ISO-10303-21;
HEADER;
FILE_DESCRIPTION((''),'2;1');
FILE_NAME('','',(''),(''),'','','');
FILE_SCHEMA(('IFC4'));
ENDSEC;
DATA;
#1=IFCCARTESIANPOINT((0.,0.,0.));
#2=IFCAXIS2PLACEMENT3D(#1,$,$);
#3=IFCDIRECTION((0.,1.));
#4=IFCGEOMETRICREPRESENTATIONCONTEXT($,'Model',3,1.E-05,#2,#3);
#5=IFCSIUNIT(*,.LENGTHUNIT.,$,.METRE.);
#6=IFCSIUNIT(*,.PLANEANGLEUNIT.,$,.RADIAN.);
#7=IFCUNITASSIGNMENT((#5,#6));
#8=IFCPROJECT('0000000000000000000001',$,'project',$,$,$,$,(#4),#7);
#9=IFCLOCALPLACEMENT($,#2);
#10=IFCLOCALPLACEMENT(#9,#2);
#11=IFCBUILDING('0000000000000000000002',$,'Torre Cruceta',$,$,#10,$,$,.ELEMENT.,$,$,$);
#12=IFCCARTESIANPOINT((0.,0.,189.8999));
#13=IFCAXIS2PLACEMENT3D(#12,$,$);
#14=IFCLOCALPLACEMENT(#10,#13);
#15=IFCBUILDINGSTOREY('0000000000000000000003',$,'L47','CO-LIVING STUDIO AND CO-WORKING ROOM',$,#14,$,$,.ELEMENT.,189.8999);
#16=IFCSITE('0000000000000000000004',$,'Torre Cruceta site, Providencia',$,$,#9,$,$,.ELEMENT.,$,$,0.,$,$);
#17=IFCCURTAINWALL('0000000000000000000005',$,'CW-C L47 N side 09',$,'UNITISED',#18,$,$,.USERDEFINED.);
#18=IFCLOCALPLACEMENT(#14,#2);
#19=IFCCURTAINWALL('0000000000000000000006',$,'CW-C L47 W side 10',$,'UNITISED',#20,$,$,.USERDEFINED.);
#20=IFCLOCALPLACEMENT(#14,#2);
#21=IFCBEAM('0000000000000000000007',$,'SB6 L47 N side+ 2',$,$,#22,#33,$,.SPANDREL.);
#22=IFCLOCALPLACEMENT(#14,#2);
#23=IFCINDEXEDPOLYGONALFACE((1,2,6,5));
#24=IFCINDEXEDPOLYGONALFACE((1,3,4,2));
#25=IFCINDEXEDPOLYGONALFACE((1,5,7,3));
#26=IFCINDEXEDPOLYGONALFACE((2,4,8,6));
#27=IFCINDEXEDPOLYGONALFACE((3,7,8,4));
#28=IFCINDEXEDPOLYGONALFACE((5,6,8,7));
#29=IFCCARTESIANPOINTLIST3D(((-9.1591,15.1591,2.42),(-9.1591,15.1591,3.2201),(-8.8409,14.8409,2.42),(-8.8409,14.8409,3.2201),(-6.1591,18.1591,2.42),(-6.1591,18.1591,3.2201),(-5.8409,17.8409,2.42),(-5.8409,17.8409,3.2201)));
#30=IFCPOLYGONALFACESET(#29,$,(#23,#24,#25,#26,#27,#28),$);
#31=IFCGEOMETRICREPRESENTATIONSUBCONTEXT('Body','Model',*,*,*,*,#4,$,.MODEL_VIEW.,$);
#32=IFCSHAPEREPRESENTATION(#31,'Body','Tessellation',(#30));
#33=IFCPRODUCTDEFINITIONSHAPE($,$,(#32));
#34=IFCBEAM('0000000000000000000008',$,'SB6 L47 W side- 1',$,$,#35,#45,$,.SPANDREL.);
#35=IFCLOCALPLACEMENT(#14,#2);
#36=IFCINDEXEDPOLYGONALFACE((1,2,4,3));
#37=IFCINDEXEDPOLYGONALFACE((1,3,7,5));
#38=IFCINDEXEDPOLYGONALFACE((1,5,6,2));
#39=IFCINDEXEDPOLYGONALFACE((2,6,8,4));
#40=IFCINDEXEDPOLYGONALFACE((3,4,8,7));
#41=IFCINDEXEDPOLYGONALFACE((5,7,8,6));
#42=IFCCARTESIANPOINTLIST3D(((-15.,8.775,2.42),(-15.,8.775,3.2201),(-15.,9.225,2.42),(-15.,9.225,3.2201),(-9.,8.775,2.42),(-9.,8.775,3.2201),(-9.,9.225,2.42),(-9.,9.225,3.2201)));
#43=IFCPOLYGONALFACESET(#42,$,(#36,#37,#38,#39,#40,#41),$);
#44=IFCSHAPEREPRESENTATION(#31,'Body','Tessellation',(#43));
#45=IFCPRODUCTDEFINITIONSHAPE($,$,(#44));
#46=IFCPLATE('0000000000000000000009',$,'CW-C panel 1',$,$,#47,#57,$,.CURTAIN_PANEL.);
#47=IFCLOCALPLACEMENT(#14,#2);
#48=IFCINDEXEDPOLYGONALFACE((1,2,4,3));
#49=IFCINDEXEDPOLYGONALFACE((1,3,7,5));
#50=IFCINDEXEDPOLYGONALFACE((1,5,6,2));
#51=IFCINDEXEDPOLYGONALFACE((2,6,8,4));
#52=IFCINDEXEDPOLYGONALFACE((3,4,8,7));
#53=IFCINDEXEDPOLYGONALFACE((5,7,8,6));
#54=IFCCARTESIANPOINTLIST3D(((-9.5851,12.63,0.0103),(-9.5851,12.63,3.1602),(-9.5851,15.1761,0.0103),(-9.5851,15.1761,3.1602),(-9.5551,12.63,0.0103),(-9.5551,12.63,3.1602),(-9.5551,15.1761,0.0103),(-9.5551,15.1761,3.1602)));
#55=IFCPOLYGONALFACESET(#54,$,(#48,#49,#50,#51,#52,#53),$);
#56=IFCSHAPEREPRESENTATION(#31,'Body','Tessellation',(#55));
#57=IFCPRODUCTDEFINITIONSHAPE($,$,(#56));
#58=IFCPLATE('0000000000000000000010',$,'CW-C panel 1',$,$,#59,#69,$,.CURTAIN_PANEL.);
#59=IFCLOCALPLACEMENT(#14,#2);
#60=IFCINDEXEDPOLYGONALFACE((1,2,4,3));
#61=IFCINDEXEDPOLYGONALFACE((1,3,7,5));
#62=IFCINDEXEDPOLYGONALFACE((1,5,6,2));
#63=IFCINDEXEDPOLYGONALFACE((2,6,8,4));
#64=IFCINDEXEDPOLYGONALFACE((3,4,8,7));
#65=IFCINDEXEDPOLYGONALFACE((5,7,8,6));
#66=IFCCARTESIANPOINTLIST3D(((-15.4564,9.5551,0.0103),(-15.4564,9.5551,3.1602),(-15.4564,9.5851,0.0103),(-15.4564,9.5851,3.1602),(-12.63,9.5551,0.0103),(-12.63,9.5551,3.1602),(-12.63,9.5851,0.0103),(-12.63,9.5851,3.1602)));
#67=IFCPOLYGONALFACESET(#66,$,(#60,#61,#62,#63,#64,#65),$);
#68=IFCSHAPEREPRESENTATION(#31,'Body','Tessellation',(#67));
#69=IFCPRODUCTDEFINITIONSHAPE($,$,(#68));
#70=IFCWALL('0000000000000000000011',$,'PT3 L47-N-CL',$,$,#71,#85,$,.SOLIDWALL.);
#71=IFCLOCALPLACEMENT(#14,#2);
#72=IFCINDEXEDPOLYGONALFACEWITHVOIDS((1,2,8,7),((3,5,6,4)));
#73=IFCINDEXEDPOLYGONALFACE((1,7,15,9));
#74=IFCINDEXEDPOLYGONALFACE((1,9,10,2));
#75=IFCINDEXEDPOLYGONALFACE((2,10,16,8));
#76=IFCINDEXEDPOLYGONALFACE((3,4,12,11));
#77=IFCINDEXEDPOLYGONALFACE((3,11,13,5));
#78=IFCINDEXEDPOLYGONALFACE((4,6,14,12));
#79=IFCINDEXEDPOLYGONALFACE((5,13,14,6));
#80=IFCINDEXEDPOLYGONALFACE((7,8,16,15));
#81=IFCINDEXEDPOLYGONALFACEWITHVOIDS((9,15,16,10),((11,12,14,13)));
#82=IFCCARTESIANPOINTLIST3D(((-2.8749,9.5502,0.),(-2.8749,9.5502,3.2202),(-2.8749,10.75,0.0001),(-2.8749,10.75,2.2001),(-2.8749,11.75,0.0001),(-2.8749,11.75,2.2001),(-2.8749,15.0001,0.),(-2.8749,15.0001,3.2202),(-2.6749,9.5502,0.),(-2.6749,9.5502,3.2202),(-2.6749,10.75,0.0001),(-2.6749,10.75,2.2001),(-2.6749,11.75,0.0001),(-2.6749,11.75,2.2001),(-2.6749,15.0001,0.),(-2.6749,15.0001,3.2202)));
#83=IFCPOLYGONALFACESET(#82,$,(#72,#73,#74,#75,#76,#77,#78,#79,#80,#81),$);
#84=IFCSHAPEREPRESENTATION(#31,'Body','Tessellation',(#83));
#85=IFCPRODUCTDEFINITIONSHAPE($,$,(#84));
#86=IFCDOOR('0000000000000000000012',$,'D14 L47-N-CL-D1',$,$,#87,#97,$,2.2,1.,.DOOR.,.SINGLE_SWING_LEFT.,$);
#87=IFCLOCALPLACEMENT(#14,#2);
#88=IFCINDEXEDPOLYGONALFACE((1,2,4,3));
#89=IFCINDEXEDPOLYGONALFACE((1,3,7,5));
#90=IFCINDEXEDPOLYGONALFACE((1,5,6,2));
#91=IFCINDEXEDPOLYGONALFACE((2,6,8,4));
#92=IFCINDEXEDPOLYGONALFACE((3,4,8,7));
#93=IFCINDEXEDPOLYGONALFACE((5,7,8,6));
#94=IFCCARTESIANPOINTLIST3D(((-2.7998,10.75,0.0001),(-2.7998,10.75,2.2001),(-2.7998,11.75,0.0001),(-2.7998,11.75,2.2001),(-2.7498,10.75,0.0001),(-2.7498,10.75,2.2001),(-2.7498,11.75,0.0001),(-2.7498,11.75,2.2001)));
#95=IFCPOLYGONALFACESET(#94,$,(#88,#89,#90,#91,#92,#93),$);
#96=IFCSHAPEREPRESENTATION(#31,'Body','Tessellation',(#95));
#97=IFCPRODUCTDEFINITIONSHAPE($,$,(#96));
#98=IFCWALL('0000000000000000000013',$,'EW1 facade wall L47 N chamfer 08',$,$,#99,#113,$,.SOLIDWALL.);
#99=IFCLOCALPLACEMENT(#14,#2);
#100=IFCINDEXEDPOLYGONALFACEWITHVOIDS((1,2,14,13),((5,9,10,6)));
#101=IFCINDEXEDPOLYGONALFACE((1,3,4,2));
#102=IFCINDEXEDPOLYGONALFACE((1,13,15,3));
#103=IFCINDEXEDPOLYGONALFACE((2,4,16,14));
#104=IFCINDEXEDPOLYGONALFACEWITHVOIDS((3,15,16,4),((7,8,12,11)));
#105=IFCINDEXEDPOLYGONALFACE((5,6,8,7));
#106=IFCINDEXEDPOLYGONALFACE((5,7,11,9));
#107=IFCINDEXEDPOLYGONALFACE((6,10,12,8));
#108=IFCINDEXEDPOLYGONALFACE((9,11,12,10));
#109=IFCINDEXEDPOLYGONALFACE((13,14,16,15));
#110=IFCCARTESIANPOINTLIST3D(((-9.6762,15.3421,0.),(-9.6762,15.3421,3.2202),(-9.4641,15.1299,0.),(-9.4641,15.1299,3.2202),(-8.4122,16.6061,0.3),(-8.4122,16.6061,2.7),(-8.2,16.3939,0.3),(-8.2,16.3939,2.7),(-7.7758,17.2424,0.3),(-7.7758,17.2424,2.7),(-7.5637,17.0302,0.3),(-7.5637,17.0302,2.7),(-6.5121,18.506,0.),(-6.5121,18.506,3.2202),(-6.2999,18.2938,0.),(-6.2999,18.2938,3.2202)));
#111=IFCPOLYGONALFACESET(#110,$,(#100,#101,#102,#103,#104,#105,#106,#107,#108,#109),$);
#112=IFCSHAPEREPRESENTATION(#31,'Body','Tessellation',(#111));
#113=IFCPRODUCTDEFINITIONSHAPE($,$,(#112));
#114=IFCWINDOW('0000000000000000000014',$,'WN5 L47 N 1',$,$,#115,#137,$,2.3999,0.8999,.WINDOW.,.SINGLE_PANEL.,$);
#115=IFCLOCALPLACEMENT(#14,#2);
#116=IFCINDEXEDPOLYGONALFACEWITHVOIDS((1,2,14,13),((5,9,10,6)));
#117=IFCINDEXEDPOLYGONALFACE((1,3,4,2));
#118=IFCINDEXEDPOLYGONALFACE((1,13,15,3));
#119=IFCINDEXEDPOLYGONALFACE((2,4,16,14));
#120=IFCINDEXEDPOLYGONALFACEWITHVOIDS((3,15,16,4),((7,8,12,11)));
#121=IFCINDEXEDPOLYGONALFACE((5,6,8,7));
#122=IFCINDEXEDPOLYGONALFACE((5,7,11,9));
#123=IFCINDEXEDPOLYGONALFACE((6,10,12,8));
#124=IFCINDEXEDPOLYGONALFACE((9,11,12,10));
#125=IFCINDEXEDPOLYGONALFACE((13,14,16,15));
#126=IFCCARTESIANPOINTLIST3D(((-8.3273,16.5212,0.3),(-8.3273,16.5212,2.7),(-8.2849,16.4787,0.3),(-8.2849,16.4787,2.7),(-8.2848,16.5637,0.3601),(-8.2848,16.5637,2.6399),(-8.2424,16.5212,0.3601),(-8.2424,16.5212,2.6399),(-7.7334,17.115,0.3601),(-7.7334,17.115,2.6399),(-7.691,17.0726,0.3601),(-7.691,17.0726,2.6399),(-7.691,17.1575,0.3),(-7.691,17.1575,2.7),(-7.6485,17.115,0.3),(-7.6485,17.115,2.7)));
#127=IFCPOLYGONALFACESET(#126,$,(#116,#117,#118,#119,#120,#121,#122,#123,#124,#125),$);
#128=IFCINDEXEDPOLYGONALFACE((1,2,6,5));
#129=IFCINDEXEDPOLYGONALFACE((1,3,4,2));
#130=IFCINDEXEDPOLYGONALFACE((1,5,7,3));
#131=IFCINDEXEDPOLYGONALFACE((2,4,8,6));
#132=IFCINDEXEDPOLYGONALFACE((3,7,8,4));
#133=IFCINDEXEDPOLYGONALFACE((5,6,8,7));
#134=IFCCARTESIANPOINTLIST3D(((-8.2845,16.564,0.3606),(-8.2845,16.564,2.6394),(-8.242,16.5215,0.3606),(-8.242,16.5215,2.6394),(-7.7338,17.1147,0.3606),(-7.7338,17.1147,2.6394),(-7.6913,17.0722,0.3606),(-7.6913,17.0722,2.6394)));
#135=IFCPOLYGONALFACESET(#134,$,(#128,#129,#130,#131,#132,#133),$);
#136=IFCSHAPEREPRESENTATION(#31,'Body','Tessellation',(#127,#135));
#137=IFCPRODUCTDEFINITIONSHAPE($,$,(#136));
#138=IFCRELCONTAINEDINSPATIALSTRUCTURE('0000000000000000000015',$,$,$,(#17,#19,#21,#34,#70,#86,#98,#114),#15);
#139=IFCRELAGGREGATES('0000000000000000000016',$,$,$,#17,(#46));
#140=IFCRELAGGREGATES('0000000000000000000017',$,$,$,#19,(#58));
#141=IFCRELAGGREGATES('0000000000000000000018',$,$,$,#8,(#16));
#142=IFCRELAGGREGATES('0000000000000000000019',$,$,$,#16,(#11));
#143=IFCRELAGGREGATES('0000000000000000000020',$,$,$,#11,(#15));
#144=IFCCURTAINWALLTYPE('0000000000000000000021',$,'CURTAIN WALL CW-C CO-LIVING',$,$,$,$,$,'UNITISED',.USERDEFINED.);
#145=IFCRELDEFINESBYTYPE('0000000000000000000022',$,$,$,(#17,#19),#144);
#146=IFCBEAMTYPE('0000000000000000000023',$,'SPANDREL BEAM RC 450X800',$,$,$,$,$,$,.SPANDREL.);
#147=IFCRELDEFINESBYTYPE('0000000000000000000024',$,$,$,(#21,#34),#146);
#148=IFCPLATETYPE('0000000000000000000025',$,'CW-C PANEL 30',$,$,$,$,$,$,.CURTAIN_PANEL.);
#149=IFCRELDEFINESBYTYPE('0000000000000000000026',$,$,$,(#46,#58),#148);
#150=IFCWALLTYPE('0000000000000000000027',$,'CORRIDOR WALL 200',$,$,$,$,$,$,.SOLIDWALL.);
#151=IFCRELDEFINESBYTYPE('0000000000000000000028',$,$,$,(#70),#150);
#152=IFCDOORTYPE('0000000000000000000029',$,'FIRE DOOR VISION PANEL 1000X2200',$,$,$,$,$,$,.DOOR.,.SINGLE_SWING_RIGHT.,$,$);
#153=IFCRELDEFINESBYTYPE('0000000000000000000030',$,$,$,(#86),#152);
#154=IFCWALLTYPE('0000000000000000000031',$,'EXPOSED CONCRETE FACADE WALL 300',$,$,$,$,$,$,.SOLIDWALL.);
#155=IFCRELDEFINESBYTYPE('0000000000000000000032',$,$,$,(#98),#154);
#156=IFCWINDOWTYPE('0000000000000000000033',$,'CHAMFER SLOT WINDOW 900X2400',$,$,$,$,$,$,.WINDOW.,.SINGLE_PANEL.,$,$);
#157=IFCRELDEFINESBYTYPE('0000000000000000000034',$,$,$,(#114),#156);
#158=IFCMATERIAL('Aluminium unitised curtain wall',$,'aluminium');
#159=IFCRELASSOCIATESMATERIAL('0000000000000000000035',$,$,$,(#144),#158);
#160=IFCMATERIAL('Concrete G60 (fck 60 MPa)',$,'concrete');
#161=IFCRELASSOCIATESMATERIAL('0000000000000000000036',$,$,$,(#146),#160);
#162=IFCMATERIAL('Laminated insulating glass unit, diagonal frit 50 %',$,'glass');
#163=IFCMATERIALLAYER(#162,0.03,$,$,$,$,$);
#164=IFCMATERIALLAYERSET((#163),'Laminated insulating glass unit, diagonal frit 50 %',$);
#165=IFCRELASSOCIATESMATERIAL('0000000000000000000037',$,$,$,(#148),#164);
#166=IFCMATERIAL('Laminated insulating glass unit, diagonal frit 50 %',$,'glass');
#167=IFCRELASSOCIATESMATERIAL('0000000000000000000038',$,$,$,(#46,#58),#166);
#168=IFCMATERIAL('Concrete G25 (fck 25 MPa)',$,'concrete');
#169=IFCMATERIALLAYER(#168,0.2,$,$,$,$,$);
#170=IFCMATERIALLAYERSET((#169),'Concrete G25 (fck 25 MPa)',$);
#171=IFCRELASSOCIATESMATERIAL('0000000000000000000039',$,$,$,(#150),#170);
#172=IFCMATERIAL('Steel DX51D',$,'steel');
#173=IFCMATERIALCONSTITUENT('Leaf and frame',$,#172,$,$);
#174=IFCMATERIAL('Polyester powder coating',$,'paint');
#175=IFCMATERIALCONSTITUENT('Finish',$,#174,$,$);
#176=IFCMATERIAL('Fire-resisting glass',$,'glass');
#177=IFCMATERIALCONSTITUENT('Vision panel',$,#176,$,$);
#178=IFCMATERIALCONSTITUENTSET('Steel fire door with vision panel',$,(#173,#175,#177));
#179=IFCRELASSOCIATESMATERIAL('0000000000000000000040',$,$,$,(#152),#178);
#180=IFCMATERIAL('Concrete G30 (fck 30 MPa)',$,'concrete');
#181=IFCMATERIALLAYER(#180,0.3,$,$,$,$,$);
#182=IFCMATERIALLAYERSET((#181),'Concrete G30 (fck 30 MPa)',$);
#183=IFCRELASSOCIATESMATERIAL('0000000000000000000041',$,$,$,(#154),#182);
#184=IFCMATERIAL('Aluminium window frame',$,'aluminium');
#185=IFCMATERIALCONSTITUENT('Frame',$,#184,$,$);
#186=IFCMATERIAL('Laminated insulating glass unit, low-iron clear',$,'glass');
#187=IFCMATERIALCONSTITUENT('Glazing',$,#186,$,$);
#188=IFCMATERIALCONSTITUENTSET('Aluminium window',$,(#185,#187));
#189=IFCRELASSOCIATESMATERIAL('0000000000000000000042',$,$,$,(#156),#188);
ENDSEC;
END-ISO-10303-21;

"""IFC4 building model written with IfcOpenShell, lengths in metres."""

from ifc_helpers import new_model, si_unit, direction, frame, frame_2d, origin, origin_2d, place, context, subcontext, project, spatial, rectangle, hollow_rectangle, extrude, material, layer, layer_set, constituent, constituent_set, material_profile, profile_set, type_object, element, fill, aggregate, save


model = new_model("IFC4")

# Units and contexts
model_context = context("Model", 3, precision=1e-05, world=origin(), true_north=direction((0.0, 1.0)))
body_context = subcontext(model_context, "Body", "Model", "MODEL_VIEW")
ifc_project = project(units=[si_unit("LENGTHUNIT", "METRE"), si_unit("PLANEANGLEUNIT", "RADIAN")], contexts=[model_context])

# Site, building, storey
site_placement = place(None, origin())
site = spatial("IfcSite", under=ifc_project, at=site_placement, Name="Torre Cruceta site, Providencia", CompositionType="ELEMENT", RefElevation=0.0)
building_placement = place(site_placement, origin())
building = spatial("IfcBuilding", under=site, at=building_placement, Name="Torre Cruceta", CompositionType="ELEMENT")
storey_placement = place(building_placement, frame((0.0, 0.0, 189.8999)))
storey = spatial("IfcBuildingStorey", under=building, at=storey_placement, Name="L47", Description="CO-LIVING STUDIO AND CO-WORKING ROOM", CompositionType="ELEMENT", Elevation=189.8999)

# Curtain wall
ifc_material_1 = material(Name="Aluminium unitised curtain wall", Category="aluminium")
curtain_wall_type = type_object("IfcCurtainWallType", Name="CURTAIN WALL CW-C CO-LIVING", ElementType="UNITISED", PredefinedType="USERDEFINED", material=ifc_material_1)
curtain_wall_1_placement = place(storey_placement, origin())
curtain_wall_1 = element("IfcCurtainWall", 1, at=curtain_wall_1_placement, inside=storey, type_object=curtain_wall_type, Name="CW-C L47 N side 09", ObjectType="UNITISED", PredefinedType="USERDEFINED")

# Curtain wall
curtain_wall_2_placement = place(storey_placement, origin())
curtain_wall_2 = element("IfcCurtainWall", 2, at=curtain_wall_2_placement, inside=storey, type_object=curtain_wall_type, Name="CW-C L47 W side 10", ObjectType="UNITISED", PredefinedType="USERDEFINED")

# Beams
ifc_material_2 = material(Name="Concrete G60 (fck 60 MPa)", Category="concrete")
ifc_material_profile_1 = material_profile(ifc_material_2, rectangle(XDim=0.45, YDim=0.8, at=origin_2d()), Name="RC 450X800")
ifc_profile_set_1 = profile_set([ifc_material_profile_1], Name="Concrete G60 (fck 60 MPa)")
beam_type_1 = type_object("IfcBeamType", Name="SPANDREL BEAM RC 450X800", PredefinedType="SPANDREL", material=ifc_profile_set_1)
beam_1_placement = place(storey_placement, frame((-9.0, 15.0, 2.8201), z_axis=(0.707107, 0.707107, 0.0), x_axis=(-0.707107, 0.707107, 0.0)))
element("IfcBeam", 3, at=beam_1_placement, inside=storey, type_object=beam_type_1, Name="SB6 L47 N side+ 2", PredefinedType="SPANDREL", context=body_context, shape_type="SweptSolid", body=[
    extrude(rectangle(XDim=0.45, YDim=0.8, at=origin_2d()), origin(), (0.0, 0.0, 1.0), 4.2427),
])
beam_2_placement = place(storey_placement, frame((-9.0, 9.0, 2.8201), z_axis=(-1.0, 0.0, 0.0), x_axis=(0.0, -1.0, 0.0)))
element("IfcBeam", 4, at=beam_2_placement, inside=storey, type_object=beam_type_1, Name="SB6 L47 W side- 1", PredefinedType="SPANDREL", context=body_context, shape_type="SweptSolid", body=[
    extrude(rectangle(XDim=0.45, YDim=0.8, at=origin_2d()), origin(), (0.0, 0.0, 1.0), 6.0),
])

# Plates
ifc_material_3 = material(Name="Laminated insulating glass unit, diagonal frit 50 %", Category="glass")
ifc_material_4 = material(Name="Laminated insulating glass unit, diagonal frit 50 %", Category="glass")
ifc_layer_1 = layer(ifc_material_4, 0.03)
ifc_layer_set_1 = layer_set([ifc_layer_1], Name="Laminated insulating glass unit, diagonal frit 50 %")
plate_type = type_object("IfcPlateType", Name="CW-C PANEL 30", PredefinedType="CURTAIN_PANEL", material=ifc_layer_set_1)
plate_1_placement = place(storey_placement, frame((-9.5701, 13.9031, 0.0103), z_axis=(0.0, 0.0, 1.0), x_axis=(0.0, -1.0, 0.0)))
plate_1 = element("IfcPlate", 5, at=plate_1_placement, type_object=plate_type, material=ifc_material_3, Name="CW-C panel 1", PredefinedType="CURTAIN_PANEL", context=body_context, shape_type="SweptSolid", body=[
    extrude(rectangle(XDim=2.5461, YDim=0.03, at=origin_2d()), origin(), (0.0, 0.0, 1.0), 3.1499),
])
aggregate(curtain_wall_1, [plate_1])
plate_2_placement = place(storey_placement, frame((-14.0432, 9.5701, 0.0103), z_axis=(0.0, 0.0, 1.0), x_axis=(-1.0, 0.0, 0.0)))
plate_2 = element("IfcPlate", 6, at=plate_2_placement, type_object=plate_type, material=ifc_material_3, Name="CW-C panel 1", PredefinedType="CURTAIN_PANEL", context=body_context, shape_type="SweptSolid", body=[
    extrude(rectangle(XDim=2.8264, YDim=0.03, at=origin_2d()), origin(), (0.0, 0.0, 1.0), 3.1499),
])
aggregate(curtain_wall_2, [plate_2])

# Wall, opening, door
ifc_material_5 = material(Name="Concrete G25 (fck 25 MPa)", Category="concrete")
ifc_layer_2 = layer(ifc_material_5, 0.2)
ifc_layer_set_2 = layer_set([ifc_layer_2], Name="Concrete G25 (fck 25 MPa)")
wall_type_1 = type_object("IfcWallType", Name="CORRIDOR WALL 200", PredefinedType="SOLIDWALL", material=ifc_layer_set_2)
wall_1_placement = place(storey_placement, frame((-2.7749, 9.55, 0.0), z_axis=(0.0, 0.0, 1.0), x_axis=(0.0, 1.0, 0.0)))
wall_1 = element("IfcWall", 7, at=wall_1_placement, inside=storey, type_object=wall_type_1, Name="PT3 L47-N-CL", PredefinedType="SOLIDWALL", context=body_context, shape_type="SweptSolid", body=[
    extrude(rectangle(XDim=5.45, YDim=0.2, at=frame_2d((2.7251, 0.0))), origin(), (0.0, 0.0, 1.0), 3.2202),
])
opening_1_placement = place(wall_1_placement, frame((1.2, 0.0, 0.0)))
opening_1 = element("IfcOpeningElement", 8, at=opening_1_placement, cuts=wall_1, PredefinedType="OPENING", context=body_context, shape_type="SweptSolid", body=[
    extrude(rectangle(XDim=1.0, YDim=2.2, at=frame_2d((0.5, 1.1001))), frame((0.0, 0.1099, 0.0), z_axis=(0.0, -1.0, 0.0), x_axis=(1.0, 0.0, 0.0)), (0.0, 0.0, 1.0), 0.22),
])
ifc_material_6 = material(Name="Steel DX51D", Category="steel")
ifc_constituent_1 = constituent(ifc_material_6, Name="Leaf and frame")
ifc_material_7 = material(Name="Polyester powder coating", Category="paint")
ifc_constituent_2 = constituent(ifc_material_7, Name="Finish")
ifc_material_8 = material(Name="Fire-resisting glass", Category="glass")
ifc_constituent_3 = constituent(ifc_material_8, Name="Vision panel")
ifc_constituent_set_1 = constituent_set(constituents=[ifc_constituent_1, ifc_constituent_2, ifc_constituent_3], Name="Steel fire door with vision panel")
door_type_1 = type_object("IfcDoorType", Name="FIRE DOOR VISION PANEL 1000X2200", OperationType="SINGLE_SWING_RIGHT", PredefinedType="DOOR", material=ifc_constituent_set_1)
door_1_placement = place(opening_1_placement, origin())
door_1 = element("IfcDoor", 9, at=door_1_placement, inside=storey, type_object=door_type_1, Name="D14 L47-N-CL-D1", OperationType="SINGLE_SWING_LEFT", OverallHeight=2.2, OverallWidth=1.0, PredefinedType="DOOR", context=body_context, shape_type="SweptSolid", body=[
    extrude(rectangle(XDim=1.0, YDim=2.2, at=frame_2d((0.5, 1.1001))), frame((0.0, 0.0249, 0.0), z_axis=(0.0, -1.0, 0.0), x_axis=(1.0, 0.0, 0.0)), (0.0, 0.0, 1.0), 0.05),
])
fill(opening_1, door_1)

# Wall, opening, window
ifc_material_9 = material(Name="Concrete G30 (fck 30 MPa)", Category="concrete")
ifc_layer_3 = layer(ifc_material_9, 0.3)
ifc_layer_set_3 = layer_set([ifc_layer_3], Name="Concrete G30 (fck 30 MPa)")
wall_type_2 = type_object("IfcWallType", Name="EXPOSED CONCRETE FACADE WALL 300", PredefinedType="SOLIDWALL", material=ifc_layer_set_3)
wall_2_placement = place(storey_placement, frame((-6.406, 18.3999, 0.0), z_axis=(0.0, 0.0, 1.0), x_axis=(-0.707134, -0.707079, 0.0)))
wall_2 = element("IfcWall", 10, at=wall_2_placement, inside=storey, type_object=wall_type_2, Name="EW1 facade wall L47 N chamfer 08", PredefinedType="SOLIDWALL", context=body_context, shape_type="SweptSolid", body=[
    extrude(rectangle(XDim=4.4746, YDim=0.3, at=frame_2d((2.2373, 0.0))), origin(), (0.0, 0.0, 1.0), 3.2202),
])
opening_2_placement = place(wall_2_placement, frame((1.7871, 0.0, 0.3)))
opening_2 = element("IfcOpeningElement", 11, at=opening_2_placement, cuts=wall_2, PredefinedType="OPENING", context=body_context, shape_type="SweptSolid", body=[
    extrude(rectangle(XDim=0.8999, YDim=2.3999, at=frame_2d((0.45, 1.2))), frame((0.0, 0.1599, 0.0), z_axis=(0.0, -1.0, 0.0), x_axis=(1.0, 0.0, 0.0)), (0.0, 0.0, 1.0), 0.3201),
])
ifc_material_10 = material(Name="Aluminium window frame", Category="aluminium")
ifc_constituent_4 = constituent(ifc_material_10, Name="Frame")
ifc_material_11 = material(Name="Laminated insulating glass unit, low-iron clear", Category="glass")
ifc_constituent_5 = constituent(ifc_material_11, Name="Glazing")
ifc_constituent_set_2 = constituent_set(constituents=[ifc_constituent_4, ifc_constituent_5], Name="Aluminium window")
window_type = type_object("IfcWindowType", Name="CHAMFER SLOT WINDOW 900X2400", PartitioningType="SINGLE_PANEL", PredefinedType="WINDOW", material=ifc_constituent_set_2)
window_placement = place(opening_2_placement, origin())
window = element("IfcWindow", 12, at=window_placement, inside=storey, type_object=window_type, Name="WN5 L47 N 1", OverallHeight=2.3999, OverallWidth=0.8999, PartitioningType="SINGLE_PANEL", PredefinedType="WINDOW", context=body_context, shape_type="SweptSolid", body=[
    extrude(hollow_rectangle(XDim=0.8999, YDim=2.3999, WallThickness=0.0601, at=frame_2d((0.45, 1.2))), frame((0.0, 0.03, 0.0), z_axis=(0.0, -1.0, 0.0), x_axis=(1.0, 0.0, 0.0)), (0.0, 0.0, 1.0), 0.0601),
    extrude(rectangle(XDim=0.7788, YDim=2.2788, at=frame_2d((0.45, 1.2))), frame((0.0, 0.03, 0.0), z_axis=(0.0, -1.0, 0.0), x_axis=(1.0, 0.0, 0.0)), (0.0, 0.0, 1.0), 0.0601),
])
fill(opening_2, window)

save(model, "model.ifc")
